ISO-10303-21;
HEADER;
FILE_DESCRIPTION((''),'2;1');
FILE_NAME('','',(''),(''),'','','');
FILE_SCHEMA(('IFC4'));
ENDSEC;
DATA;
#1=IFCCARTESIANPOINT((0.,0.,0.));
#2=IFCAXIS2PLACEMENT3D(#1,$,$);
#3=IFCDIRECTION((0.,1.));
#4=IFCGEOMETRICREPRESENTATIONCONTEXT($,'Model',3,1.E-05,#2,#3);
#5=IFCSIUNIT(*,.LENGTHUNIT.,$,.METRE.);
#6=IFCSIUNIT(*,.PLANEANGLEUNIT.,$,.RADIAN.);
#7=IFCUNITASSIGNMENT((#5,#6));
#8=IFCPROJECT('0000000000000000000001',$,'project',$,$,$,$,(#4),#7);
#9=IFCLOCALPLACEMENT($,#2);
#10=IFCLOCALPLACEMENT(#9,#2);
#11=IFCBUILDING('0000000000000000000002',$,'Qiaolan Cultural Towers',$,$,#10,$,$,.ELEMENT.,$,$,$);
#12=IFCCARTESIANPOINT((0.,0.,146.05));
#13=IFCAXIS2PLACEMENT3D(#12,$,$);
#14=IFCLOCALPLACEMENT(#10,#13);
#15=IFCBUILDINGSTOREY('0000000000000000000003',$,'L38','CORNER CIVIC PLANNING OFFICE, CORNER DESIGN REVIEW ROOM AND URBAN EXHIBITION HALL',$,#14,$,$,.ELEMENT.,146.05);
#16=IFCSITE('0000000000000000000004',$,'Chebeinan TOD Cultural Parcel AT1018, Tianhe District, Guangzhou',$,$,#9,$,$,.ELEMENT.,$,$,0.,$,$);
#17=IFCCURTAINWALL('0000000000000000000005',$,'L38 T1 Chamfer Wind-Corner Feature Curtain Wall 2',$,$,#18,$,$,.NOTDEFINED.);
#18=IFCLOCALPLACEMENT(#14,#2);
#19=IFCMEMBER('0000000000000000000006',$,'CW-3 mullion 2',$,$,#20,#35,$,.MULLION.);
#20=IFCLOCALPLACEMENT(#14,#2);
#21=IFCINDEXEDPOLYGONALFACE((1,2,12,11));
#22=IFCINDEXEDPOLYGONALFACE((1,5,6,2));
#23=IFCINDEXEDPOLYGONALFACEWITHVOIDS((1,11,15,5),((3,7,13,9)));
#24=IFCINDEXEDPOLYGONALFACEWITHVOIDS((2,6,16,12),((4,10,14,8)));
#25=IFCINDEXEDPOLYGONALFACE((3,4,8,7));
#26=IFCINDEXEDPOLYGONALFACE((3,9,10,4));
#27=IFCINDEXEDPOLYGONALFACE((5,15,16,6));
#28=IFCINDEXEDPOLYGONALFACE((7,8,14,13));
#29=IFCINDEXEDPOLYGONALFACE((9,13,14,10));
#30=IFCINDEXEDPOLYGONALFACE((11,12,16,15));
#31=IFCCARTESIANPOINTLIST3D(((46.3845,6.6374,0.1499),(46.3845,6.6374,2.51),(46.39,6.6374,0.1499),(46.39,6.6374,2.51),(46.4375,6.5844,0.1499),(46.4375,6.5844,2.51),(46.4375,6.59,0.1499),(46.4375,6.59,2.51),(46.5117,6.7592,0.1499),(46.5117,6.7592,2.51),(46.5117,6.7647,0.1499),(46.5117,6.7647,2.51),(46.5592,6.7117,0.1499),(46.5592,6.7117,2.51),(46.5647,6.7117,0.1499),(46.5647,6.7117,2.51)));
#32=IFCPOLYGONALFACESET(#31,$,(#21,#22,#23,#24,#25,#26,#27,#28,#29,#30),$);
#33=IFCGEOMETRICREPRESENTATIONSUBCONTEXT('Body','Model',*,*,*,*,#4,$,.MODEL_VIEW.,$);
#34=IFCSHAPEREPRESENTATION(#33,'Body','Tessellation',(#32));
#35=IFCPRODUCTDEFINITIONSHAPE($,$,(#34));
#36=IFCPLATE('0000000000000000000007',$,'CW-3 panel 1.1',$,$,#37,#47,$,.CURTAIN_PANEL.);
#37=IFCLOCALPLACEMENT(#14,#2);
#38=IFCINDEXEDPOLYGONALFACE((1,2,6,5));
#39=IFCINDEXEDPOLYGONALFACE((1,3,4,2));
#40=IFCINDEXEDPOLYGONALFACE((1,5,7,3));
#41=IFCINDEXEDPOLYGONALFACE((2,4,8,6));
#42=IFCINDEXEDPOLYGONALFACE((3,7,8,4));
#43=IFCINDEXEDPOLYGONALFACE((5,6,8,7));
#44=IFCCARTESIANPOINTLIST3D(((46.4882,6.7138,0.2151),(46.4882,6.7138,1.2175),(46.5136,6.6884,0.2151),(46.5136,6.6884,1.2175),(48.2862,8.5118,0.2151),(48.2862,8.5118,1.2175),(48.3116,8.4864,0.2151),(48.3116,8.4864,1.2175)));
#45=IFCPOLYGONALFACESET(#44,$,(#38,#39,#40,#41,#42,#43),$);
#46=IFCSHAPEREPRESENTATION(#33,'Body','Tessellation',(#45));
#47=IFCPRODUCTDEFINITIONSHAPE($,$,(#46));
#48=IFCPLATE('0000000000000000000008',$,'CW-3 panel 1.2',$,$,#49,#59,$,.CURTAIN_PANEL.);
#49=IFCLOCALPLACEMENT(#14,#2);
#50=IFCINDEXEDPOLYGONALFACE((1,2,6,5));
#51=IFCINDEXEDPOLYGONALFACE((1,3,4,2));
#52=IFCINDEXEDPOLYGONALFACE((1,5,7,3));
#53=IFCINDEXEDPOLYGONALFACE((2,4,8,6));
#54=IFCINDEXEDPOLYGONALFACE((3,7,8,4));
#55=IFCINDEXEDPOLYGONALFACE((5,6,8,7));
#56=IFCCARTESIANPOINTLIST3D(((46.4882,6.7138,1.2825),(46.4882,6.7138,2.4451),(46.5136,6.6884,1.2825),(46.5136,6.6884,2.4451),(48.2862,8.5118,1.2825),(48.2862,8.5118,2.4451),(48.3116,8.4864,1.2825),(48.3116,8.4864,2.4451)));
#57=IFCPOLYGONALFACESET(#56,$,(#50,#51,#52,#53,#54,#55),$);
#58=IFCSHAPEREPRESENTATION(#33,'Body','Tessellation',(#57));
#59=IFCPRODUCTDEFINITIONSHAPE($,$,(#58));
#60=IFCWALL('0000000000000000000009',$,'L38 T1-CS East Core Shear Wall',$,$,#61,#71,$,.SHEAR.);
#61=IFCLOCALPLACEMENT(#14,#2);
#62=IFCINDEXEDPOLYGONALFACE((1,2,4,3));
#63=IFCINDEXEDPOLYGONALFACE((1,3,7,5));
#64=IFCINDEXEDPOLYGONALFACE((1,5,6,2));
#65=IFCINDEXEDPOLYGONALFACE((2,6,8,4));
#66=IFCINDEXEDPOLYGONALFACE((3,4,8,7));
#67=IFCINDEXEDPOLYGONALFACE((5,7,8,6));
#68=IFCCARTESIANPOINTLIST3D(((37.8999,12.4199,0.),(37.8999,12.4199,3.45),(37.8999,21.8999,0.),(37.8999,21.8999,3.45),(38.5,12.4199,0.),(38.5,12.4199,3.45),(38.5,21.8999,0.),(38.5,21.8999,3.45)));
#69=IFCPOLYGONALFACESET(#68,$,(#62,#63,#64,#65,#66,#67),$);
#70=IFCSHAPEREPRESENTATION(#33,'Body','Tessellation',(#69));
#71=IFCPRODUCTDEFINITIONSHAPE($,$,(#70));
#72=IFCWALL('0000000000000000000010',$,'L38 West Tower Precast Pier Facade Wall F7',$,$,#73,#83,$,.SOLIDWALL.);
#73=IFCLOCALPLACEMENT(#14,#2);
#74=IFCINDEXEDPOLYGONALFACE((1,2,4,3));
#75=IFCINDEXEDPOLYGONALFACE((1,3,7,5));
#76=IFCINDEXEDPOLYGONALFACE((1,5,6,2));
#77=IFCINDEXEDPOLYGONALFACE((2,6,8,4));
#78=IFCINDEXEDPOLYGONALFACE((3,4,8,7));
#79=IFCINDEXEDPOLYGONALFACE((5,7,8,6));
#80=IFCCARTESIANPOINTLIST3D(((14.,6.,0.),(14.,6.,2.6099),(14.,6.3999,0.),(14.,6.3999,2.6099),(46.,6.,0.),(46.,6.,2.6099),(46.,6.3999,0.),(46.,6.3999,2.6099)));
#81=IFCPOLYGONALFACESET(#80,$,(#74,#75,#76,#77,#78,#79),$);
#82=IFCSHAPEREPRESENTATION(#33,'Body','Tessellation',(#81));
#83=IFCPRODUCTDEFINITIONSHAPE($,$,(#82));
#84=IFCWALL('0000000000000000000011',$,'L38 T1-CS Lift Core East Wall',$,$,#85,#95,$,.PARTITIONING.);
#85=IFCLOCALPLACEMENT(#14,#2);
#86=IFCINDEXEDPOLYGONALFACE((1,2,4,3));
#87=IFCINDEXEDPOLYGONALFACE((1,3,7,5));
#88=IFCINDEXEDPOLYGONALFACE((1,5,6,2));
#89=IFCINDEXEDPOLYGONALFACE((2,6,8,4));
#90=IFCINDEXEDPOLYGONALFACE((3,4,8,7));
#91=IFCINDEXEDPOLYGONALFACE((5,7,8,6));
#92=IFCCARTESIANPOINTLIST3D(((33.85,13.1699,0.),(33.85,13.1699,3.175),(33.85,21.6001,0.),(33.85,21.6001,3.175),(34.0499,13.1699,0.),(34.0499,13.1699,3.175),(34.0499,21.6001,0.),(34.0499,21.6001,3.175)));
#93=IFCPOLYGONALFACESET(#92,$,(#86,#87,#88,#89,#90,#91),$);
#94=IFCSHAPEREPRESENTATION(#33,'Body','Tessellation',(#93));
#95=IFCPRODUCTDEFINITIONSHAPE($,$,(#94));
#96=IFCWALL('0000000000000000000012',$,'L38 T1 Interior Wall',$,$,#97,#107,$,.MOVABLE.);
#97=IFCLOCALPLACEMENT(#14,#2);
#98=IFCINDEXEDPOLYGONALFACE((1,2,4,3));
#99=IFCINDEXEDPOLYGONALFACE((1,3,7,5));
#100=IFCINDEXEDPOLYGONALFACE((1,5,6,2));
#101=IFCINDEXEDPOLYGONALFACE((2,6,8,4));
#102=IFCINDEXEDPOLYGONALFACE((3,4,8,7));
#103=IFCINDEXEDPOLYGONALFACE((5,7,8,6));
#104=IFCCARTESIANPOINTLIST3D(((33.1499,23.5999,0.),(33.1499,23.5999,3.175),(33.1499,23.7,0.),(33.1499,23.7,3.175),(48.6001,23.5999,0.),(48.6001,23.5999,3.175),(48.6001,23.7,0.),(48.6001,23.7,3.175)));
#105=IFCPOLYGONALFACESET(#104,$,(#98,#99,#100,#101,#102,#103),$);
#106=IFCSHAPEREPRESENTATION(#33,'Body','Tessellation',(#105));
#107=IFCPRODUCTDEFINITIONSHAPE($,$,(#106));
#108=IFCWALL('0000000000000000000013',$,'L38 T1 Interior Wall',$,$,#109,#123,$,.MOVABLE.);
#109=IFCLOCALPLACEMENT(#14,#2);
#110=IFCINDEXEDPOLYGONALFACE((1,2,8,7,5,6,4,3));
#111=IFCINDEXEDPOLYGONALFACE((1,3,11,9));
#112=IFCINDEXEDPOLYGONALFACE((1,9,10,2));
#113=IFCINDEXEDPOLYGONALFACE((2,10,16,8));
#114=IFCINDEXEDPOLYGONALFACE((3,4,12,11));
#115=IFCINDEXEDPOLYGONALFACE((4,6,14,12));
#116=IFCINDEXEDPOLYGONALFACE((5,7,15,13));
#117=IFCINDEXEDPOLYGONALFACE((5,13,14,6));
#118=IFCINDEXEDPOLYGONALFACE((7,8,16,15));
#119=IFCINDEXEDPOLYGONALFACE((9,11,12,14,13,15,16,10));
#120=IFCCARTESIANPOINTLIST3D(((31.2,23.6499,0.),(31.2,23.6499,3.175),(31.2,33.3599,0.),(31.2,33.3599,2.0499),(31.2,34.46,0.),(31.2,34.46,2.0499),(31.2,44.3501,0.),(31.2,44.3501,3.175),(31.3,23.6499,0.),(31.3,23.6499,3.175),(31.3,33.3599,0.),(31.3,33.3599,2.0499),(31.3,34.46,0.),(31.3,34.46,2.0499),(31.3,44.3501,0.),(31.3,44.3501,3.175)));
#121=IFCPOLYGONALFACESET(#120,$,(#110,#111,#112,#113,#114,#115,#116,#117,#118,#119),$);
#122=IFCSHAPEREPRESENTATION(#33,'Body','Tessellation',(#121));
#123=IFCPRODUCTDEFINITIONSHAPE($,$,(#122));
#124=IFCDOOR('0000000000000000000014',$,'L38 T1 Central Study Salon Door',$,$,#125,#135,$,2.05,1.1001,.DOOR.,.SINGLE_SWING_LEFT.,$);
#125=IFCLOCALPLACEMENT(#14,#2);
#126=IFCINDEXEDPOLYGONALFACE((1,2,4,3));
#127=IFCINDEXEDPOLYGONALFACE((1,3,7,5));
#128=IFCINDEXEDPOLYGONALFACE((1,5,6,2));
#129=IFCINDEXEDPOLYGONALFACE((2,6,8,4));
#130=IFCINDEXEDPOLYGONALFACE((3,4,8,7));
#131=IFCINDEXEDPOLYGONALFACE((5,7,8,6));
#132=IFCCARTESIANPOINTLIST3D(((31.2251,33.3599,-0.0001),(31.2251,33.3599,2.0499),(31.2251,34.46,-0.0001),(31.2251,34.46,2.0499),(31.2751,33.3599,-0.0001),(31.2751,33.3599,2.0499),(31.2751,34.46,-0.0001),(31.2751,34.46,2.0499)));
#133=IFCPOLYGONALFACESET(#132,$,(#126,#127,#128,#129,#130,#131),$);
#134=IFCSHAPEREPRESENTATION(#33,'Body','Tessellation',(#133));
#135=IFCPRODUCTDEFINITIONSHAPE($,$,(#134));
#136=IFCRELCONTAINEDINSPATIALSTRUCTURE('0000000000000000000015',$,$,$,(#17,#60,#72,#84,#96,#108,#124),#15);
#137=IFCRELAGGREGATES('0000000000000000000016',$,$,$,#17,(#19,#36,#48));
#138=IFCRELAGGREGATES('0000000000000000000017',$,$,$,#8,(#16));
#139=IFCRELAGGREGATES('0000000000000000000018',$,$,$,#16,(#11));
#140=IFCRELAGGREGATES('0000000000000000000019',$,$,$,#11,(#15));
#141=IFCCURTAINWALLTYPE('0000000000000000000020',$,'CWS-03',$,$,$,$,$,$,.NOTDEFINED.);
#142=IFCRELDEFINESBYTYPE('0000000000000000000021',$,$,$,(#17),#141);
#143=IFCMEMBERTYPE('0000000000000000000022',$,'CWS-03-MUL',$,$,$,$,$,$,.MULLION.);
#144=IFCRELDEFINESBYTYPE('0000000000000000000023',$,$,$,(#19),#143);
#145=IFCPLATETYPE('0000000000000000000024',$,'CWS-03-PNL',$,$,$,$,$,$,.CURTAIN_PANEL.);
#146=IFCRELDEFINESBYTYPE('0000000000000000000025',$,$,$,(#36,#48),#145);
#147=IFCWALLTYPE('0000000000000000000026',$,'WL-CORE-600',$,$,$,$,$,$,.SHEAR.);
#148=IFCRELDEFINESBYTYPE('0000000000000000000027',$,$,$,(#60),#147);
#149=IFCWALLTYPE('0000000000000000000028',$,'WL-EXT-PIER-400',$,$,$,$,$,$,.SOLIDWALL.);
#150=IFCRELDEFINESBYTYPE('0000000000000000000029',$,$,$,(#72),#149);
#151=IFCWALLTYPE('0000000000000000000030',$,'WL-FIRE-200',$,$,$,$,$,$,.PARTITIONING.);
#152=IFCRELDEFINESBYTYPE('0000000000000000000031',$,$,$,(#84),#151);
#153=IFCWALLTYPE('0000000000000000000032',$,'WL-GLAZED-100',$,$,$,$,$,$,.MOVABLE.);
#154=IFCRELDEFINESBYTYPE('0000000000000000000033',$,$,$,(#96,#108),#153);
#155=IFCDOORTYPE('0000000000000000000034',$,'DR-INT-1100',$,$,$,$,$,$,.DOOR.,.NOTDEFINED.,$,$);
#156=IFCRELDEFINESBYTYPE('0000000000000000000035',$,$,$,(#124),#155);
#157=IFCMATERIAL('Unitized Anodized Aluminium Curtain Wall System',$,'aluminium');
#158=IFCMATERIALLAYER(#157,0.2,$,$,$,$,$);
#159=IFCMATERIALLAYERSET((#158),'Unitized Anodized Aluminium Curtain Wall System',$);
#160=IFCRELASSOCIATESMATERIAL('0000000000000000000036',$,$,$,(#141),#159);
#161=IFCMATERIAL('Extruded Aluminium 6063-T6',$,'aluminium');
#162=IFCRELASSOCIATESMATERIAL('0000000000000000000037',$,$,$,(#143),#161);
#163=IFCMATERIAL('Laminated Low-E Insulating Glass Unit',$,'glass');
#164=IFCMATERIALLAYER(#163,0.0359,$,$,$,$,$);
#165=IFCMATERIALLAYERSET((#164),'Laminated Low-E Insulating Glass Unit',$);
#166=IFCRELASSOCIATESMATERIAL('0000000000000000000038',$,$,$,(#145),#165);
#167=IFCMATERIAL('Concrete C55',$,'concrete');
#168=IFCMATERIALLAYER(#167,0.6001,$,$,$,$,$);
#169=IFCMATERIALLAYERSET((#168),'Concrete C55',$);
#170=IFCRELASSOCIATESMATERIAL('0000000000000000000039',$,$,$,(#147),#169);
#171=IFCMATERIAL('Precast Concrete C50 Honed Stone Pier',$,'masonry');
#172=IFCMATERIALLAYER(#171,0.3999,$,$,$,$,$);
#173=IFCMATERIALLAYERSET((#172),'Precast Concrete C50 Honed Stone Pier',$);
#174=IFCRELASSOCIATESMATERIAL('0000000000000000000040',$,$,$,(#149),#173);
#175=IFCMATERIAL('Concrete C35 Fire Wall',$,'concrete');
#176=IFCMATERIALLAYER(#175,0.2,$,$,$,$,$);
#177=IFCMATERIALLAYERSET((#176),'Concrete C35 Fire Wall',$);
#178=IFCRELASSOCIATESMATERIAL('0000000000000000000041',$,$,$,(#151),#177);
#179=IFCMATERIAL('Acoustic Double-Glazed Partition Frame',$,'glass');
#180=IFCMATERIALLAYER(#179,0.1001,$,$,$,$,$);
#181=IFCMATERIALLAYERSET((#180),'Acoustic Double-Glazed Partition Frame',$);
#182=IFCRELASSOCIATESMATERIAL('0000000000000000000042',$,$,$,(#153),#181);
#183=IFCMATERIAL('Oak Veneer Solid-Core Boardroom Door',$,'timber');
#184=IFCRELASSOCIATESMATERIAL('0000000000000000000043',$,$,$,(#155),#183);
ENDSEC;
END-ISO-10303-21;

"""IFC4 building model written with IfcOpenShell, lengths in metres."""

from ifc_helpers import new_model, si_unit, direction, frame, frame_2d, origin, origin_2d, place, context, subcontext, project, spatial, rectangle, hollow_rectangle, extrude, material, layer, layer_set, material_profile, profile_set, type_object, element, fill, aggregate, save


model = new_model("IFC4")

# Units and contexts
model_context = context("Model", 3, precision=1e-05, world=origin(), true_north=direction((0.0, 1.0)))
body_context = subcontext(model_context, "Body", "Model", "MODEL_VIEW")
ifc_project = project(units=[si_unit("LENGTHUNIT", "METRE"), si_unit("PLANEANGLEUNIT", "RADIAN")], contexts=[model_context])

# Site, building, storey
site_placement = place(None, origin())
site = spatial("IfcSite", under=ifc_project, at=site_placement, Name="Chebeinan TOD Cultural Parcel AT1018, Tianhe District, Guangzhou", CompositionType="ELEMENT", RefElevation=0.0)
building_placement = place(site_placement, origin())
building = spatial("IfcBuilding", under=site, at=building_placement, Name="Qiaolan Cultural Towers", CompositionType="ELEMENT")
storey_placement = place(building_placement, frame((0.0, 0.0, 146.05)))
storey = spatial("IfcBuildingStorey", under=building, at=storey_placement, Name="L38", Description="CORNER CIVIC PLANNING OFFICE, CORNER DESIGN REVIEW ROOM AND URBAN EXHIBITION HALL", CompositionType="ELEMENT", Elevation=146.05)

# Curtain wall, member, plates
ifc_material_1 = material(Name="Unitized Anodized Aluminium Curtain Wall System", Category="aluminium")
ifc_layer_1 = layer(ifc_material_1, 0.2)
ifc_layer_set_1 = layer_set([ifc_layer_1], Name="Unitized Anodized Aluminium Curtain Wall System")
curtain_wall_type = type_object("IfcCurtainWallType", Name="CWS-03", PredefinedType="NOTDEFINED", material=ifc_layer_set_1)
curtain_wall_placement = place(storey_placement, origin())
curtain_wall = element("IfcCurtainWall", 1, at=curtain_wall_placement, inside=storey, type_object=curtain_wall_type, Name="L38 T1 Chamfer Wind-Corner Feature Curtain Wall 2", PredefinedType="NOTDEFINED")
ifc_material_2 = material(Name="Extruded Aluminium 6063-T6", Category="aluminium")
ifc_material_profile_1 = material_profile(ifc_material_2, hollow_rectangle(XDim=0.075, YDim=0.1799, WallThickness=0.0039, at=origin_2d()), Name="CWM-180x75x4")
ifc_profile_set_1 = profile_set([ifc_material_profile_1], Name="Extruded Aluminium 6063-T6")
member_type = type_object("IfcMemberType", Name="CWS-03-MUL", PredefinedType="MULLION", material=ifc_profile_set_1)
member_placement = place(storey_placement, frame((46.4746, 6.6746, 0.1499), z_axis=(0.0, 0.0, 1.0), x_axis=(0.707107, -0.707107, 0.0)))
member = element("IfcMember", 2, at=member_placement, type_object=member_type, Name="CW-3 mullion 2", PredefinedType="MULLION", context=body_context, shape_type="SweptSolid", body=[
    extrude(hollow_rectangle(XDim=0.075, YDim=0.1799, WallThickness=0.0039, at=origin_2d()), origin(), (0.0, 0.0, 1.0), 2.3601),
])
ifc_material_3 = material(Name="Laminated Low-E Insulating Glass Unit", Category="glass")
ifc_layer_2 = layer(ifc_material_3, 0.0359)
ifc_layer_set_2 = layer_set([ifc_layer_2], Name="Laminated Low-E Insulating Glass Unit")
plate_type = type_object("IfcPlateType", Name="CWS-03-PNL", PredefinedType="CURTAIN_PANEL", material=ifc_layer_set_2)
plate_1_placement = place(storey_placement, frame((47.3999, 7.6001, 0.2151), z_axis=(0.0, 0.0, 1.0), x_axis=(-0.707107, -0.707107, 0.0)))
plate_1 = element("IfcPlate", 3, at=plate_1_placement, type_object=plate_type, Name="CW-3 panel 1.1", PredefinedType="CURTAIN_PANEL", context=body_context, shape_type="SweptSolid", body=[
    extrude(rectangle(XDim=2.5427, YDim=0.0359, at=origin_2d()), origin(), (0.0, 0.0, 1.0), 1.0024),
])
plate_2_placement = place(storey_placement, frame((47.3999, 7.6001, 1.2825), z_axis=(0.0, 0.0, 1.0), x_axis=(-0.707107, -0.707107, 0.0)))
plate_2 = element("IfcPlate", 4, at=plate_2_placement, type_object=plate_type, Name="CW-3 panel 1.2", PredefinedType="CURTAIN_PANEL", context=body_context, shape_type="SweptSolid", body=[
    extrude(rectangle(XDim=2.5427, YDim=0.0359, at=origin_2d()), origin(), (0.0, 0.0, 1.0), 1.1626),
])
aggregate(curtain_wall, [member, plate_1, plate_2])

# Walls
ifc_material_4 = material(Name="Concrete C55", Category="concrete")
ifc_layer_3 = layer(ifc_material_4, 0.6001)
ifc_layer_set_3 = layer_set([ifc_layer_3], Name="Concrete C55")
wall_type_1 = type_object("IfcWallType", Name="WL-CORE-600", PredefinedType="SHEAR", material=ifc_layer_set_3)
wall_1_placement = place(storey_placement, frame((38.2, 21.8999, 0.0), z_axis=(0.0, 0.0, 1.0), x_axis=(0.0, -1.0, 0.0)))
element("IfcWall", 5, at=wall_1_placement, inside=storey, type_object=wall_type_1, Name="L38 T1-CS East Core Shear Wall", PredefinedType="SHEAR", context=body_context, shape_type="SweptSolid", body=[
    extrude(rectangle(XDim=9.48, YDim=0.6001, at=frame_2d((4.74, 0.0))), origin(), (0.0, 0.0, 1.0), 3.45),
])
ifc_material_5 = material(Name="Precast Concrete C50 Honed Stone Pier", Category="masonry")
ifc_layer_4 = layer(ifc_material_5, 0.3999)
ifc_layer_set_4 = layer_set([ifc_layer_4], Name="Precast Concrete C50 Honed Stone Pier")
wall_type_2 = type_object("IfcWallType", Name="WL-EXT-PIER-400", PredefinedType="SOLIDWALL", material=ifc_layer_set_4)
wall_2_placement = place(storey_placement, frame((46.0, 6.2, 0.0), z_axis=(0.0, 0.0, 1.0), x_axis=(-1.0, 0.0, 0.0)))
element("IfcWall", 6, at=wall_2_placement, inside=storey, type_object=wall_type_2, Name="L38 West Tower Precast Pier Facade Wall F7", PredefinedType="SOLIDWALL", context=body_context, shape_type="SweptSolid", body=[
    extrude(rectangle(XDim=32.0, YDim=0.3999, at=frame_2d((16.0, 0.0))), origin(), (0.0, 0.0, 1.0), 2.6099),
])
ifc_material_6 = material(Name="Concrete C35 Fire Wall", Category="concrete")
ifc_layer_5 = layer(ifc_material_6, 0.2)
ifc_layer_set_5 = layer_set([ifc_layer_5], Name="Concrete C35 Fire Wall")
wall_type_3 = type_object("IfcWallType", Name="WL-FIRE-200", PredefinedType="PARTITIONING", material=ifc_layer_set_5)
wall_3_placement = place(storey_placement, frame((33.95, 21.6001, 0.0), z_axis=(0.0, 0.0, 1.0), x_axis=(0.0, -1.0, 0.0)))
element("IfcWall", 7, at=wall_3_placement, inside=storey, type_object=wall_type_3, Name="L38 T1-CS Lift Core East Wall", PredefinedType="PARTITIONING", context=body_context, shape_type="SweptSolid", body=[
    extrude(rectangle(XDim=8.4302, YDim=0.2, at=frame_2d((4.2151, 0.0))), origin(), (0.0, 0.0, 1.0), 3.175),
])
ifc_material_7 = material(Name="Acoustic Double-Glazed Partition Frame", Category="glass")
ifc_layer_6 = layer(ifc_material_7, 0.1001)
ifc_layer_set_6 = layer_set([ifc_layer_6], Name="Acoustic Double-Glazed Partition Frame")
wall_type_4 = type_object("IfcWallType", Name="WL-GLAZED-100", PredefinedType="MOVABLE", material=ifc_layer_set_6)
wall_4_placement = place(storey_placement, frame((33.1499, 23.6499, 0.0), z_axis=(0.0, 0.0, 1.0), x_axis=(1.0, 0.0, 0.0)))
element("IfcWall", 8, at=wall_4_placement, inside=storey, type_object=wall_type_4, Name="L38 T1 Interior Wall", PredefinedType="MOVABLE", context=body_context, shape_type="SweptSolid", body=[
    extrude(rectangle(XDim=15.4502, YDim=0.1001, at=frame_2d((7.7251, 0.0))), origin(), (0.0, 0.0, 1.0), 3.175),
])

# Wall, opening, door
wall_5_placement = place(storey_placement, frame((31.25, 23.6499, 0.0), z_axis=(0.0, 0.0, 1.0), x_axis=(0.0, 1.0, 0.0)))
wall_5 = element("IfcWall", 9, at=wall_5_placement, inside=storey, type_object=wall_type_4, Name="L38 T1 Interior Wall", PredefinedType="MOVABLE", context=body_context, shape_type="SweptSolid", body=[
    extrude(rectangle(XDim=20.7002, YDim=0.1001, at=frame_2d((10.3501, 0.0))), origin(), (0.0, 0.0, 1.0), 3.175),
])
opening_1_placement = place(wall_5_placement, frame((9.71, 0.0, 0.0)))
opening_1 = element("IfcOpeningElement", 10, at=opening_1_placement, cuts=wall_5, PredefinedType="OPENING", context=body_context, shape_type="SweptSolid", body=[
    extrude(rectangle(XDim=1.1001, YDim=2.05, at=frame_2d((0.55, 1.0249))), frame((0.0, 0.0601, 0.0), z_axis=(0.0, -1.0, 0.0), x_axis=(1.0, 0.0, 0.0)), (0.0, 0.0, 1.0), 0.1201),
])
ifc_material_8 = material(Name="Oak Veneer Solid-Core Boardroom Door", Category="timber")
door_type_1 = type_object("IfcDoorType", Name="DR-INT-1100", OperationType="NOTDEFINED", PredefinedType="DOOR", material=ifc_material_8)
door_1_placement = place(opening_1_placement, origin())
door_1 = element("IfcDoor", 11, at=door_1_placement, inside=storey, type_object=door_type_1, Name="L38 T1 Central Study Salon Door", OperationType="SINGLE_SWING_LEFT", OverallHeight=2.05, OverallWidth=1.1001, PredefinedType="DOOR", context=body_context, shape_type="SweptSolid", body=[
    extrude(rectangle(XDim=1.1001, YDim=2.05, at=frame_2d((0.55, 1.0249))), frame((0.0, 0.0249, 0.0), z_axis=(0.0, -1.0, 0.0), x_axis=(1.0, 0.0, 0.0)), (0.0, 0.0, 1.0), 0.05),
])
fill(opening_1, door_1)

save(model, "model.ifc")
